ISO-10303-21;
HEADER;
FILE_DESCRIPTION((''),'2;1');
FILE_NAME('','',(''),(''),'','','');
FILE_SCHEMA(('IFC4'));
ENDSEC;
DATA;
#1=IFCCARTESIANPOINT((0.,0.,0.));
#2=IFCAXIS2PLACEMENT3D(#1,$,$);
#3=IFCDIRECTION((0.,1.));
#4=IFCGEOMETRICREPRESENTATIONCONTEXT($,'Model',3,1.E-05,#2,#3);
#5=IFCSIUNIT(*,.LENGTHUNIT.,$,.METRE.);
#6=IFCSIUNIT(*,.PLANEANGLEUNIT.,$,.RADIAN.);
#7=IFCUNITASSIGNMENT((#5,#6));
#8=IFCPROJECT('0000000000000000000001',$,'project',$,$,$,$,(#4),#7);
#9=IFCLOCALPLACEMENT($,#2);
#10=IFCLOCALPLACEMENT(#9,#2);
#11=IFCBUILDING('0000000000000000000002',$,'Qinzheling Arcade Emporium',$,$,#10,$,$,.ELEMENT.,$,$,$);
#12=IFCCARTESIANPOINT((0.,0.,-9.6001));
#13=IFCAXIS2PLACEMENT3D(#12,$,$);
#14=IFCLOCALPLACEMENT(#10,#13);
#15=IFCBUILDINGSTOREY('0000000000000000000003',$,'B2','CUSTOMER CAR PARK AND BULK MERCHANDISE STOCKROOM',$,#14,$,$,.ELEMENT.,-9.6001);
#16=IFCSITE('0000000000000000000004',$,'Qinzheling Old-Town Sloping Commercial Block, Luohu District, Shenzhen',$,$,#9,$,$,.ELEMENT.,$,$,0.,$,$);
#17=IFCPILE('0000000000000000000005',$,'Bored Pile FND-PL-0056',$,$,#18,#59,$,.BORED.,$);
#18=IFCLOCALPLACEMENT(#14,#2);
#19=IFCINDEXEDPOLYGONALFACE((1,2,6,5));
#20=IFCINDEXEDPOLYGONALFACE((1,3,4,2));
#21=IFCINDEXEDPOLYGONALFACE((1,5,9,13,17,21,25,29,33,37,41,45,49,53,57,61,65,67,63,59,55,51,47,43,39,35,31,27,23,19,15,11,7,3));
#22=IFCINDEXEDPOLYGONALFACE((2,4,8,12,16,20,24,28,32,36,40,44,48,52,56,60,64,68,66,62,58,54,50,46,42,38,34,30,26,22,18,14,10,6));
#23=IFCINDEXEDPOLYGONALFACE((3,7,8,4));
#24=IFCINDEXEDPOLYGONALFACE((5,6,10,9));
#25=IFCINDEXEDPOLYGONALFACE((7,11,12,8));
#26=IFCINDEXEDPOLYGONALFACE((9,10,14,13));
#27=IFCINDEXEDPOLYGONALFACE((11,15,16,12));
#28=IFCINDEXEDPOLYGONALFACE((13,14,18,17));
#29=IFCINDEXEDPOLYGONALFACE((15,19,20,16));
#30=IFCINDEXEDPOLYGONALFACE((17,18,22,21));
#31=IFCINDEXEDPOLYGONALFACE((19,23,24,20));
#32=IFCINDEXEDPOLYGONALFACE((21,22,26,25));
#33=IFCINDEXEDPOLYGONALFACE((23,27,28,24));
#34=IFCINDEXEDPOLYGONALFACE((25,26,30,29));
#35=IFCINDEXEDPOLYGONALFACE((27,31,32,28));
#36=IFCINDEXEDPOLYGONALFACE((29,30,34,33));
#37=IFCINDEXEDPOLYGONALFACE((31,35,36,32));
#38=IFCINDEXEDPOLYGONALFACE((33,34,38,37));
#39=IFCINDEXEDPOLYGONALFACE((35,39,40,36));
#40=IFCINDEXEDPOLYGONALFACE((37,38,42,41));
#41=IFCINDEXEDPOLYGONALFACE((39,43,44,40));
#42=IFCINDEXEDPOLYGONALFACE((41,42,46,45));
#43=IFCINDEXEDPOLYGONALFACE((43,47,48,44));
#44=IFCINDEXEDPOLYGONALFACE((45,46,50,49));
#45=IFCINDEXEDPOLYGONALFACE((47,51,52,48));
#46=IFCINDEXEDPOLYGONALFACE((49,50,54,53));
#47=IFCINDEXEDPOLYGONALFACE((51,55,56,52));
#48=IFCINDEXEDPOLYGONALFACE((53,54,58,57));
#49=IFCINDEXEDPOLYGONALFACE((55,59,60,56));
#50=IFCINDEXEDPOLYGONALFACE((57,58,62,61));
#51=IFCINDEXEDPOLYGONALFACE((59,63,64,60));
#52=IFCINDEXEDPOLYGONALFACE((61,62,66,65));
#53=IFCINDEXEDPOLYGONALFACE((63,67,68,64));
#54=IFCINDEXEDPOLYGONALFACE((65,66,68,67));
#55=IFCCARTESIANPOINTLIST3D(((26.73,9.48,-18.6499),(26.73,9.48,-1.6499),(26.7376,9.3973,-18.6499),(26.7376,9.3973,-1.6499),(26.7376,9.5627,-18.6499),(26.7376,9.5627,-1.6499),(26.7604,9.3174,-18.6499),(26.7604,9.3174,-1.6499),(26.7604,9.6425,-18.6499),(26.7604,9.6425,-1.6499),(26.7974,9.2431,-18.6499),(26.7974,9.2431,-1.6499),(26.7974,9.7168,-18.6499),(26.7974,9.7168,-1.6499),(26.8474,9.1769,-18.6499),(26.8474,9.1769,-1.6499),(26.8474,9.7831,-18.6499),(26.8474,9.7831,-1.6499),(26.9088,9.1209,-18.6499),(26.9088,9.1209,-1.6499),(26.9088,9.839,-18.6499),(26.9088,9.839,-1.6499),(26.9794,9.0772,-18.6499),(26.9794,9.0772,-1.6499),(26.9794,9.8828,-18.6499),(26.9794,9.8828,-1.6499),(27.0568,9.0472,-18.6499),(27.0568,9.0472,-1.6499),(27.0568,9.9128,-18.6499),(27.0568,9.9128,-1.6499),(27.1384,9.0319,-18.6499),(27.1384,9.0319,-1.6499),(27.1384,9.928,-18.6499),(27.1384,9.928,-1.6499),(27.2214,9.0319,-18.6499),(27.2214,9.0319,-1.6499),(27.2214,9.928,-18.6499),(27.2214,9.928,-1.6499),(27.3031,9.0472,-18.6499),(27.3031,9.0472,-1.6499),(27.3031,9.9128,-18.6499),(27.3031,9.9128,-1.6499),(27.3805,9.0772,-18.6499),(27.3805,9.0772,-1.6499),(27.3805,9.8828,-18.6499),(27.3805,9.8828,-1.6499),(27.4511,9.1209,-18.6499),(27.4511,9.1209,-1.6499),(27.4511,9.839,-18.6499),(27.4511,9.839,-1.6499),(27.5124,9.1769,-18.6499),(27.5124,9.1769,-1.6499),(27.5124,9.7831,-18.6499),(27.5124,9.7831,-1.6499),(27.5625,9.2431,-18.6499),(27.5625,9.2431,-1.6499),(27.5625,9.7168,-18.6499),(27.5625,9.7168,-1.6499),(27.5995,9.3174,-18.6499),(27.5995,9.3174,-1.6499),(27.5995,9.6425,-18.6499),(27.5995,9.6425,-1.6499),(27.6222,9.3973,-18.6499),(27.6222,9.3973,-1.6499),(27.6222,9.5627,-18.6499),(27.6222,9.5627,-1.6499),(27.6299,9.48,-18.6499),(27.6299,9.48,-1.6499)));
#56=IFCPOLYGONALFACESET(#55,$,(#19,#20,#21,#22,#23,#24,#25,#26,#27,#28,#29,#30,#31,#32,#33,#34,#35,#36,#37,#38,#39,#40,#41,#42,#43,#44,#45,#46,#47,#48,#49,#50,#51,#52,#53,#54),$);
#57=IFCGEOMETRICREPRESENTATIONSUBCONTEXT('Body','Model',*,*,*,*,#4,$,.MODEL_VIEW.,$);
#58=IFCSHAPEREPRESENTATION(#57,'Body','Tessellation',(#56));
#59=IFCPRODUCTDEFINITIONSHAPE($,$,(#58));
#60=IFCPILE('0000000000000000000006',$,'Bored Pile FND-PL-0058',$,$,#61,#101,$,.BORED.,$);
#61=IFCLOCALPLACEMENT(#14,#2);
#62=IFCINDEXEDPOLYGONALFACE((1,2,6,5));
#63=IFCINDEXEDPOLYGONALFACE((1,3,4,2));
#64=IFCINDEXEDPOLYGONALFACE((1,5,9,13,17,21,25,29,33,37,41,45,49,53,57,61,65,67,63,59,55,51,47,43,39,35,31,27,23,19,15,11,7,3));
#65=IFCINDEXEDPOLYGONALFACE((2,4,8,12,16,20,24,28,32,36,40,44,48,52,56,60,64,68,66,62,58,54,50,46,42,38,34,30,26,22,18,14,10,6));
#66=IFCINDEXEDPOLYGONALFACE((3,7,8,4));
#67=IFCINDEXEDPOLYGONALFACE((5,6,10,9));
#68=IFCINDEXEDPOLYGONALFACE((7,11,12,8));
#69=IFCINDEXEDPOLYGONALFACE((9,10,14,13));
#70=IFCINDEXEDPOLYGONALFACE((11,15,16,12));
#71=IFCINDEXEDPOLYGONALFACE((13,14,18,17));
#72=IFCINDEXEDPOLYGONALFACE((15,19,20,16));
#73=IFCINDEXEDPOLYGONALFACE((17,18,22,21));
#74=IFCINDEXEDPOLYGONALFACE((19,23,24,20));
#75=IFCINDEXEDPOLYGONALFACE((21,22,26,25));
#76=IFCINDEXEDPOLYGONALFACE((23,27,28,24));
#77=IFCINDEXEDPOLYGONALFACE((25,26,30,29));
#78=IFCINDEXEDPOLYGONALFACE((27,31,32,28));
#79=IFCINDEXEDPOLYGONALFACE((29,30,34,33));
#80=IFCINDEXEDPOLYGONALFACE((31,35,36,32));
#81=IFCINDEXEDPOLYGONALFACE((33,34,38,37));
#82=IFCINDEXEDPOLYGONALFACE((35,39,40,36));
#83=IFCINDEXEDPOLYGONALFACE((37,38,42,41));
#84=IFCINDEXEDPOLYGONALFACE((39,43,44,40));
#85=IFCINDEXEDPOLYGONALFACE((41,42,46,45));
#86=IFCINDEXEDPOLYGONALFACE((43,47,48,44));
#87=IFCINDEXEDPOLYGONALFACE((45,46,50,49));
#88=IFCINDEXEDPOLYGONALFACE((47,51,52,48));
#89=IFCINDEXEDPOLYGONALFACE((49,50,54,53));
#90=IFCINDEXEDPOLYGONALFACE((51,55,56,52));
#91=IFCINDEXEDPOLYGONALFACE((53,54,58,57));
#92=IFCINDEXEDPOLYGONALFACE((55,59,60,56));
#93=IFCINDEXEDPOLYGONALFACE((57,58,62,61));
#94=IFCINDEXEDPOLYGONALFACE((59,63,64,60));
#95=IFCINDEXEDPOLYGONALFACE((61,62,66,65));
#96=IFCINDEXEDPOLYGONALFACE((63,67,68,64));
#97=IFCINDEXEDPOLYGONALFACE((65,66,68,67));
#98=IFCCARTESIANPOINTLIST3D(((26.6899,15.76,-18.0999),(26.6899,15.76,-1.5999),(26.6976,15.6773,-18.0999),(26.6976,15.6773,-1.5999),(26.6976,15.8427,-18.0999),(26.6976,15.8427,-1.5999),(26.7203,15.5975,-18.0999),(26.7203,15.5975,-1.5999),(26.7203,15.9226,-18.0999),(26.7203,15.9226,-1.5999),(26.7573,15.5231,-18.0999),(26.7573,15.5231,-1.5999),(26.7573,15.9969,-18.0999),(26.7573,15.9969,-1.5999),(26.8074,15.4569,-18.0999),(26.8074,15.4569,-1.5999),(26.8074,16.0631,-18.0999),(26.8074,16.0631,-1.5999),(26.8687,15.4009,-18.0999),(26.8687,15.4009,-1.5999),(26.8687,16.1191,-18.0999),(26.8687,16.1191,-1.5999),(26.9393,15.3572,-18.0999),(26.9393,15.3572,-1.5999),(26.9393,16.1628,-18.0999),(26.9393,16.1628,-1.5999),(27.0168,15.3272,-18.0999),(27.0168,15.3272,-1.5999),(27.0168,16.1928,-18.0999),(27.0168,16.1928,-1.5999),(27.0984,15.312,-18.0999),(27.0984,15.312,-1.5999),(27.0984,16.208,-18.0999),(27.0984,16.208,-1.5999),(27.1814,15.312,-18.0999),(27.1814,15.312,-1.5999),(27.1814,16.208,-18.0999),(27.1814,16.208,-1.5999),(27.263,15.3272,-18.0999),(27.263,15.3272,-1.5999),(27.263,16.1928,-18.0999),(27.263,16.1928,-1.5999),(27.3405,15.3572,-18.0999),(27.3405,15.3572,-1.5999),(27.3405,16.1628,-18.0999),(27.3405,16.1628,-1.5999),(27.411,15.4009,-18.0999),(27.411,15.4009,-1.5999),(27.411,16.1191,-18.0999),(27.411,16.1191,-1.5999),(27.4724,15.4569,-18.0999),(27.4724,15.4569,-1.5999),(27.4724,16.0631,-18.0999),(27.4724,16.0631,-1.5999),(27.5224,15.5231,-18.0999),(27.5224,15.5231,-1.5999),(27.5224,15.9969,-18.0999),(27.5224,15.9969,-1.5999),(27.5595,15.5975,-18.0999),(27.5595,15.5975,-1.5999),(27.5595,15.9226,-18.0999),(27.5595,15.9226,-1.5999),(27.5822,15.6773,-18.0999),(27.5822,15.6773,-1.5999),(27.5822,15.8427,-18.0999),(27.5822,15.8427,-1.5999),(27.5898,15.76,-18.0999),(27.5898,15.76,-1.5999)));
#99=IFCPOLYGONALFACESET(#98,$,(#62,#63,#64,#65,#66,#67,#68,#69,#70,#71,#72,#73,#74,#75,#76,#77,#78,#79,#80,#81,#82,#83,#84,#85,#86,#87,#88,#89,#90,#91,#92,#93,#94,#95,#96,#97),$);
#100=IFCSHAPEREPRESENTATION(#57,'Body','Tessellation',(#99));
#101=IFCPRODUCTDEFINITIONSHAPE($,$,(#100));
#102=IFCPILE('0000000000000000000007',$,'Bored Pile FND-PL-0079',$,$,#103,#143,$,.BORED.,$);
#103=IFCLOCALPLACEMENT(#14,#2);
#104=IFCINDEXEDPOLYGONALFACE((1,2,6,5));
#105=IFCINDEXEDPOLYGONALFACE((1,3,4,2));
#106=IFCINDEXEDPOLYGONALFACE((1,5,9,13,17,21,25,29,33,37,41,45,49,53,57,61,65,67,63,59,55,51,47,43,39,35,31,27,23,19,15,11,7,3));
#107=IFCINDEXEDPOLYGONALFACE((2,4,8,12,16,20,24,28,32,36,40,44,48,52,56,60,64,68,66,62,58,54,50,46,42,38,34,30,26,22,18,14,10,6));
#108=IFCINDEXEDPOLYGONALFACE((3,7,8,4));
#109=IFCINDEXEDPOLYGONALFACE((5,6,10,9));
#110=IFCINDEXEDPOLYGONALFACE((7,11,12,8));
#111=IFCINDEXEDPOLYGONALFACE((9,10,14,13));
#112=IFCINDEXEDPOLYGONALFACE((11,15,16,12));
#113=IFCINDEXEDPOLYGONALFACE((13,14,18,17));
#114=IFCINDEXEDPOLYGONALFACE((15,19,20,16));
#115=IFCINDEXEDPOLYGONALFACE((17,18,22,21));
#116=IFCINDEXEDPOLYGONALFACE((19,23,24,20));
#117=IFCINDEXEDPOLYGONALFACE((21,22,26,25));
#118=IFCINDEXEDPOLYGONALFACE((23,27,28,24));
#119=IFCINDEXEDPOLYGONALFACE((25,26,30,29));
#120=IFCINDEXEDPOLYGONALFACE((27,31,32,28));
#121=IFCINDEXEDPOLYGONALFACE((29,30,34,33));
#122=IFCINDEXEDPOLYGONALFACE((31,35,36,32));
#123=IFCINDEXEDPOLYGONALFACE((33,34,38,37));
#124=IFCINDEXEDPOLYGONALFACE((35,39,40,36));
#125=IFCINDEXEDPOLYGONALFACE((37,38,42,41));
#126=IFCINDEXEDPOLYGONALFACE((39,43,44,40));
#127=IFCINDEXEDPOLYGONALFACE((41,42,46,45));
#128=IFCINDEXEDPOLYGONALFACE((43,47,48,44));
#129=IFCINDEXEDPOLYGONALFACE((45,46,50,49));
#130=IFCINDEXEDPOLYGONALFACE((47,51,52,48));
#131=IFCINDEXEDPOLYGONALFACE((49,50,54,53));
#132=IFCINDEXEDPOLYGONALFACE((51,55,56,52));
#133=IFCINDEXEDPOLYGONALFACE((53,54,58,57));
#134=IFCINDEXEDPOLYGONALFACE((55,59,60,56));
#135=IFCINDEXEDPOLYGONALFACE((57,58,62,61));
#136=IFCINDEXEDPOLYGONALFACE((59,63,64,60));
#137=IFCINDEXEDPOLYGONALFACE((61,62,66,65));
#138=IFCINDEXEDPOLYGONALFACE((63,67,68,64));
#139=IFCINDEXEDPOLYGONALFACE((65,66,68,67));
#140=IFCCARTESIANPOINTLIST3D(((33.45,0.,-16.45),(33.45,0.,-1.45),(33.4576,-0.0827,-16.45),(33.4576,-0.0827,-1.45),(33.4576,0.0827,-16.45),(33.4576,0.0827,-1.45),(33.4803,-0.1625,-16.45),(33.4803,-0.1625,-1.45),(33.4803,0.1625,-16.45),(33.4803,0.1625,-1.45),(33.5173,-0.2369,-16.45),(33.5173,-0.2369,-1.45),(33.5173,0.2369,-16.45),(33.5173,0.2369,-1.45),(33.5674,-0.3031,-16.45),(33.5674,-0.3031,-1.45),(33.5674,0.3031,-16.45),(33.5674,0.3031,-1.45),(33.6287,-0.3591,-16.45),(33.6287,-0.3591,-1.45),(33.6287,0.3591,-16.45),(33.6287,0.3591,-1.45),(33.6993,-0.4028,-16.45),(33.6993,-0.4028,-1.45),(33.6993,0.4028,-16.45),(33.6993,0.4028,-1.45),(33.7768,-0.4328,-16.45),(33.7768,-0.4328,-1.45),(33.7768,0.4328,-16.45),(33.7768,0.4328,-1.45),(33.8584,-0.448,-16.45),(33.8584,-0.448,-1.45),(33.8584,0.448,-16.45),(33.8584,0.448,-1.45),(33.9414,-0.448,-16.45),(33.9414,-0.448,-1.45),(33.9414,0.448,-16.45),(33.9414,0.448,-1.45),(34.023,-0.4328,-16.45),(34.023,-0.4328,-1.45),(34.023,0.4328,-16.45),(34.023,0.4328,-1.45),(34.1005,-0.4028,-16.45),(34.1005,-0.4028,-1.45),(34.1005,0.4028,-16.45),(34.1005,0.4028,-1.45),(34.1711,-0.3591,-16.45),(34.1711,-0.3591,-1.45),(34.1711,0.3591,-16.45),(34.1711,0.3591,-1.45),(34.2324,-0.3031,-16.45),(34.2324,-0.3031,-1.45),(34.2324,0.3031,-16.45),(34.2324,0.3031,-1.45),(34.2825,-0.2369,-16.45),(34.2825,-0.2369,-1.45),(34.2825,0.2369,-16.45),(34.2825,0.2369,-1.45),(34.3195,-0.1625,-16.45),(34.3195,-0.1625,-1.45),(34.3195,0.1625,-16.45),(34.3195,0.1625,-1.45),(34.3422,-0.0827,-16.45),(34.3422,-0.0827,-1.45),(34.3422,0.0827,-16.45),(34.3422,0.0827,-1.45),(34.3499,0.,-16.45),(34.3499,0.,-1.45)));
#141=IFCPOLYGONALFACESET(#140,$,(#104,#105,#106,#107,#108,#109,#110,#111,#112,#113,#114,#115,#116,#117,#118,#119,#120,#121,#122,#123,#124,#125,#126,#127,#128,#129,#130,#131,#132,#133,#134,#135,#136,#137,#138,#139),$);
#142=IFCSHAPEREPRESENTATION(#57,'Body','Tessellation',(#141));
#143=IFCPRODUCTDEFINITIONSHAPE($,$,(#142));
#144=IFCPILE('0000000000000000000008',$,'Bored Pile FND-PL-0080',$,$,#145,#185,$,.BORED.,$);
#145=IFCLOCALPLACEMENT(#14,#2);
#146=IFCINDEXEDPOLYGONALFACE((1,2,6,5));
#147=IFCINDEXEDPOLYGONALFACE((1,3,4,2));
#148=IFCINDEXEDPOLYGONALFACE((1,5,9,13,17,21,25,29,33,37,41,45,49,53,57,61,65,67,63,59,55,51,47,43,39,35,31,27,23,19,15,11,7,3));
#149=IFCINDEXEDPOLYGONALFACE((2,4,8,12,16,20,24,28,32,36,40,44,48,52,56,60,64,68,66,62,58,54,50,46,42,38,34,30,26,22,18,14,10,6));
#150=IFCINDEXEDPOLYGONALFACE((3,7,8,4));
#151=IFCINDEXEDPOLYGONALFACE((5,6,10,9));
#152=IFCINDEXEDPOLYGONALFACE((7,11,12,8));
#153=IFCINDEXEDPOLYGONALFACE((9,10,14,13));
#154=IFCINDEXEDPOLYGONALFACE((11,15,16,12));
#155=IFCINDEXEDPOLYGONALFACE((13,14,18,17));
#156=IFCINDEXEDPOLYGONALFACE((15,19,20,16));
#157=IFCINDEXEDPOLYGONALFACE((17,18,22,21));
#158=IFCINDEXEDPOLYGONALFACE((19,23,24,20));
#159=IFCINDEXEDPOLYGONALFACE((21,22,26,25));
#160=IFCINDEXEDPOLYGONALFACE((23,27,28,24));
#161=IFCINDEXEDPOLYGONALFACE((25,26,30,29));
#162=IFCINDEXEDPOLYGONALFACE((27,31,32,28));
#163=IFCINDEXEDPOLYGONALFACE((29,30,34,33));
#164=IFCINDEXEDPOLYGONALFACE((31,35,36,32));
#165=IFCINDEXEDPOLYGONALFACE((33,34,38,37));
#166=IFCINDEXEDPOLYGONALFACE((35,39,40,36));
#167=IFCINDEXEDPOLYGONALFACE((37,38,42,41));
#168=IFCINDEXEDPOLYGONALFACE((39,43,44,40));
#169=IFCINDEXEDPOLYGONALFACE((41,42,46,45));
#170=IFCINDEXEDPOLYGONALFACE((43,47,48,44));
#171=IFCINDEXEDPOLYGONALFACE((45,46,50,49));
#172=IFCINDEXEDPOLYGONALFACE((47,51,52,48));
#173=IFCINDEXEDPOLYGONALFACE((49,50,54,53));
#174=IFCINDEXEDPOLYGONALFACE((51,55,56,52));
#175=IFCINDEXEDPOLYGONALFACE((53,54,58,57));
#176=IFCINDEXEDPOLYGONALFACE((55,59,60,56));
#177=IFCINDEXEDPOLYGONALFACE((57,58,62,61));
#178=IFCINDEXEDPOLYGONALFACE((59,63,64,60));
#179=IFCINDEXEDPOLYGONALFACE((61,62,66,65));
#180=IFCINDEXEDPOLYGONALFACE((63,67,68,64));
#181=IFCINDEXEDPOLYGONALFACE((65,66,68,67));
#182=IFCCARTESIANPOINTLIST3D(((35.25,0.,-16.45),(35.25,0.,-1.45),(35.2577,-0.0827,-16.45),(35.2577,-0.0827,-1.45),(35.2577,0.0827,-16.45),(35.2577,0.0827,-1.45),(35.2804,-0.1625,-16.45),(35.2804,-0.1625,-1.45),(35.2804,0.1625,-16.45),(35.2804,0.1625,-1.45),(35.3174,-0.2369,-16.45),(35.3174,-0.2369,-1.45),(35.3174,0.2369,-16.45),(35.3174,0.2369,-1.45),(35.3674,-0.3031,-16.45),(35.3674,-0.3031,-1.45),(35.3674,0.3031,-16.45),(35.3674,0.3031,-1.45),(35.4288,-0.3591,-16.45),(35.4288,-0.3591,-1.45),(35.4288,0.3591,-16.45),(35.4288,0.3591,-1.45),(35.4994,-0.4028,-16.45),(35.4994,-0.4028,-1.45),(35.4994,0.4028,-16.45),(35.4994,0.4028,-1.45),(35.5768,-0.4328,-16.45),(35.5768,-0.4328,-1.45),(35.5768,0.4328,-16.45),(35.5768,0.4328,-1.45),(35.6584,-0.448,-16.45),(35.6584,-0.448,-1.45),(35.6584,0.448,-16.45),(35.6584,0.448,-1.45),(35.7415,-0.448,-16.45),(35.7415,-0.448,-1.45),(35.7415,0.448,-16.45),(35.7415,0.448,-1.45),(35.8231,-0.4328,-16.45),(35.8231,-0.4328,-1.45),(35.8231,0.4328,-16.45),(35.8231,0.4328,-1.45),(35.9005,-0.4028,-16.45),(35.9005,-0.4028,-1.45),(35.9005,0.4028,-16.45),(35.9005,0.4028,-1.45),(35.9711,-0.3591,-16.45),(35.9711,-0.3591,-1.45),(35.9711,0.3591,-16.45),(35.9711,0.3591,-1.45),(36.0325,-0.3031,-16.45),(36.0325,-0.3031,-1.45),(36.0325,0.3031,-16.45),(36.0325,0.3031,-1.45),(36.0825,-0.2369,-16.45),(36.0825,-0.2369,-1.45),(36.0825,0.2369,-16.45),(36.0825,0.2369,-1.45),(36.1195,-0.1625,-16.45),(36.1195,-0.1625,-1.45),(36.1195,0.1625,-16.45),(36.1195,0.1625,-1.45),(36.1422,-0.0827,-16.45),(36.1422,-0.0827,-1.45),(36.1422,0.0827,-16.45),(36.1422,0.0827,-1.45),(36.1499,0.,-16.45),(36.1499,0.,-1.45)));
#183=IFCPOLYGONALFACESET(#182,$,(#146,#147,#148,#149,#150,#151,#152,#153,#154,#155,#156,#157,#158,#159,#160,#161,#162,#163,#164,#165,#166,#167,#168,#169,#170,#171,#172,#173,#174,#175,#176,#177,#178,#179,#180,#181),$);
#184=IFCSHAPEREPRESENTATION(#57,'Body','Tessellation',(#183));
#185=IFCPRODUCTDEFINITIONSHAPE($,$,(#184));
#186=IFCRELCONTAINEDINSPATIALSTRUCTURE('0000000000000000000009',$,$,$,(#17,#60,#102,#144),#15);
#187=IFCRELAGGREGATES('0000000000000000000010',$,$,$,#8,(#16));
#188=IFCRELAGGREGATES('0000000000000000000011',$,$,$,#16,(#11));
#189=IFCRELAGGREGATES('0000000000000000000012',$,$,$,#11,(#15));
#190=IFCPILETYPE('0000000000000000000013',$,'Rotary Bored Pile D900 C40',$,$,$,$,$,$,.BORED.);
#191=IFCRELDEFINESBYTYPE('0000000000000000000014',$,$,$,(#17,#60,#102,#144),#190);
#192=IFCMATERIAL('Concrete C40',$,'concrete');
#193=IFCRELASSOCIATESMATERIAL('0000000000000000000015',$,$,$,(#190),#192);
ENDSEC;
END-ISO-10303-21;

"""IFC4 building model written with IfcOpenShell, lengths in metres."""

from ifc_helpers import new_model, si_unit, direction, frame, origin, origin_2d, place, context, subcontext, project, spatial, circle, extrude, material, material_profile, profile_set, type_object, element, save


model = new_model("IFC4")

# Units and contexts
model_context = context("Model", 3, precision=1e-05, world=origin(), true_north=direction((0.0, 1.0)))
body_context = subcontext(model_context, "Body", "Model", "MODEL_VIEW")
ifc_project = project(units=[si_unit("LENGTHUNIT", "METRE"), si_unit("PLANEANGLEUNIT", "RADIAN")], contexts=[model_context])

# Site, building, storey
site_placement = place(None, origin())
site = spatial("IfcSite", under=ifc_project, at=site_placement, Name="Qinzheling Old-Town Sloping Commercial Block, Luohu District, Shenzhen", CompositionType="ELEMENT", RefElevation=0.0)
building_placement = place(site_placement, origin())
building = spatial("IfcBuilding", under=site, at=building_placement, Name="Qinzheling Arcade Emporium", CompositionType="ELEMENT")
storey_placement = place(building_placement, frame((0.0, 0.0, -9.6001)))
storey = spatial("IfcBuildingStorey", under=building, at=storey_placement, Name="B2", Description="CUSTOMER CAR PARK AND BULK MERCHANDISE STOCKROOM", CompositionType="ELEMENT", Elevation=-9.6001)

# Shared definitions
ifc_material_1 = material(Name="Concrete C40", Category="concrete")

# Piles
ifc_material_profile_1 = material_profile(ifc_material_1, circle(Radius=0.45, at=origin_2d()), Name="BORED D900", Category="concrete")
ifc_profile_set_1 = profile_set([ifc_material_profile_1], Name="Concrete C40")
pile_type = type_object("IfcPileType", Name="Rotary Bored Pile D900 C40", PredefinedType="BORED", material=ifc_profile_set_1)
for number, where, z_axis, x_axis, name in (
    (1, (27.1799, 9.48, -1.6499), (0.0, 0.0, -1.0), (1.0, 0.0, 0.0), "Bored Pile FND-PL-0056"),
):
    element("IfcPile", number, at=place(storey_placement, frame(where, z_axis=z_axis, x_axis=x_axis)), inside=storey, type_object=pile_type, Name=name, PredefinedType="BORED", context=body_context, shape_type="SweptSolid", body=[
        extrude(circle(Radius=0.45, at=origin_2d()), origin(), (0.0, 0.0, 1.0), 17.0),
    ])
pile_1_placement = place(storey_placement, frame((27.1399, 15.76, -1.5999), z_axis=(0.0, 0.0, -1.0), x_axis=(1.0, 0.0, 0.0)))
element("IfcPile", 2, at=pile_1_placement, inside=storey, type_object=pile_type, Name="Bored Pile FND-PL-0058", PredefinedType="BORED", context=body_context, shape_type="SweptSolid", body=[
    extrude(circle(Radius=0.45, at=origin_2d()), origin(), (0.0, 0.0, 1.0), 16.5),
])
for number, where, z_axis, x_axis, name in (
    (3, (33.8999, 0.0, -1.45), (0.0, 0.0, -1.0), (1.0, 0.0, 0.0), "Bored Pile FND-PL-0079"),
    (4, (35.7, 0.0, -1.45), (0.0, 0.0, -1.0), (1.0, 0.0, 0.0), "Bored Pile FND-PL-0080"),
):
    element("IfcPile", number, at=place(storey_placement, frame(where, z_axis=z_axis, x_axis=x_axis)), inside=storey, type_object=pile_type, Name=name, PredefinedType="BORED", context=body_context, shape_type="SweptSolid", body=[
        extrude(circle(Radius=0.45, at=origin_2d()), origin(), (0.0, 0.0, 1.0), 15.0),
    ])

save(model, "model.ifc")
